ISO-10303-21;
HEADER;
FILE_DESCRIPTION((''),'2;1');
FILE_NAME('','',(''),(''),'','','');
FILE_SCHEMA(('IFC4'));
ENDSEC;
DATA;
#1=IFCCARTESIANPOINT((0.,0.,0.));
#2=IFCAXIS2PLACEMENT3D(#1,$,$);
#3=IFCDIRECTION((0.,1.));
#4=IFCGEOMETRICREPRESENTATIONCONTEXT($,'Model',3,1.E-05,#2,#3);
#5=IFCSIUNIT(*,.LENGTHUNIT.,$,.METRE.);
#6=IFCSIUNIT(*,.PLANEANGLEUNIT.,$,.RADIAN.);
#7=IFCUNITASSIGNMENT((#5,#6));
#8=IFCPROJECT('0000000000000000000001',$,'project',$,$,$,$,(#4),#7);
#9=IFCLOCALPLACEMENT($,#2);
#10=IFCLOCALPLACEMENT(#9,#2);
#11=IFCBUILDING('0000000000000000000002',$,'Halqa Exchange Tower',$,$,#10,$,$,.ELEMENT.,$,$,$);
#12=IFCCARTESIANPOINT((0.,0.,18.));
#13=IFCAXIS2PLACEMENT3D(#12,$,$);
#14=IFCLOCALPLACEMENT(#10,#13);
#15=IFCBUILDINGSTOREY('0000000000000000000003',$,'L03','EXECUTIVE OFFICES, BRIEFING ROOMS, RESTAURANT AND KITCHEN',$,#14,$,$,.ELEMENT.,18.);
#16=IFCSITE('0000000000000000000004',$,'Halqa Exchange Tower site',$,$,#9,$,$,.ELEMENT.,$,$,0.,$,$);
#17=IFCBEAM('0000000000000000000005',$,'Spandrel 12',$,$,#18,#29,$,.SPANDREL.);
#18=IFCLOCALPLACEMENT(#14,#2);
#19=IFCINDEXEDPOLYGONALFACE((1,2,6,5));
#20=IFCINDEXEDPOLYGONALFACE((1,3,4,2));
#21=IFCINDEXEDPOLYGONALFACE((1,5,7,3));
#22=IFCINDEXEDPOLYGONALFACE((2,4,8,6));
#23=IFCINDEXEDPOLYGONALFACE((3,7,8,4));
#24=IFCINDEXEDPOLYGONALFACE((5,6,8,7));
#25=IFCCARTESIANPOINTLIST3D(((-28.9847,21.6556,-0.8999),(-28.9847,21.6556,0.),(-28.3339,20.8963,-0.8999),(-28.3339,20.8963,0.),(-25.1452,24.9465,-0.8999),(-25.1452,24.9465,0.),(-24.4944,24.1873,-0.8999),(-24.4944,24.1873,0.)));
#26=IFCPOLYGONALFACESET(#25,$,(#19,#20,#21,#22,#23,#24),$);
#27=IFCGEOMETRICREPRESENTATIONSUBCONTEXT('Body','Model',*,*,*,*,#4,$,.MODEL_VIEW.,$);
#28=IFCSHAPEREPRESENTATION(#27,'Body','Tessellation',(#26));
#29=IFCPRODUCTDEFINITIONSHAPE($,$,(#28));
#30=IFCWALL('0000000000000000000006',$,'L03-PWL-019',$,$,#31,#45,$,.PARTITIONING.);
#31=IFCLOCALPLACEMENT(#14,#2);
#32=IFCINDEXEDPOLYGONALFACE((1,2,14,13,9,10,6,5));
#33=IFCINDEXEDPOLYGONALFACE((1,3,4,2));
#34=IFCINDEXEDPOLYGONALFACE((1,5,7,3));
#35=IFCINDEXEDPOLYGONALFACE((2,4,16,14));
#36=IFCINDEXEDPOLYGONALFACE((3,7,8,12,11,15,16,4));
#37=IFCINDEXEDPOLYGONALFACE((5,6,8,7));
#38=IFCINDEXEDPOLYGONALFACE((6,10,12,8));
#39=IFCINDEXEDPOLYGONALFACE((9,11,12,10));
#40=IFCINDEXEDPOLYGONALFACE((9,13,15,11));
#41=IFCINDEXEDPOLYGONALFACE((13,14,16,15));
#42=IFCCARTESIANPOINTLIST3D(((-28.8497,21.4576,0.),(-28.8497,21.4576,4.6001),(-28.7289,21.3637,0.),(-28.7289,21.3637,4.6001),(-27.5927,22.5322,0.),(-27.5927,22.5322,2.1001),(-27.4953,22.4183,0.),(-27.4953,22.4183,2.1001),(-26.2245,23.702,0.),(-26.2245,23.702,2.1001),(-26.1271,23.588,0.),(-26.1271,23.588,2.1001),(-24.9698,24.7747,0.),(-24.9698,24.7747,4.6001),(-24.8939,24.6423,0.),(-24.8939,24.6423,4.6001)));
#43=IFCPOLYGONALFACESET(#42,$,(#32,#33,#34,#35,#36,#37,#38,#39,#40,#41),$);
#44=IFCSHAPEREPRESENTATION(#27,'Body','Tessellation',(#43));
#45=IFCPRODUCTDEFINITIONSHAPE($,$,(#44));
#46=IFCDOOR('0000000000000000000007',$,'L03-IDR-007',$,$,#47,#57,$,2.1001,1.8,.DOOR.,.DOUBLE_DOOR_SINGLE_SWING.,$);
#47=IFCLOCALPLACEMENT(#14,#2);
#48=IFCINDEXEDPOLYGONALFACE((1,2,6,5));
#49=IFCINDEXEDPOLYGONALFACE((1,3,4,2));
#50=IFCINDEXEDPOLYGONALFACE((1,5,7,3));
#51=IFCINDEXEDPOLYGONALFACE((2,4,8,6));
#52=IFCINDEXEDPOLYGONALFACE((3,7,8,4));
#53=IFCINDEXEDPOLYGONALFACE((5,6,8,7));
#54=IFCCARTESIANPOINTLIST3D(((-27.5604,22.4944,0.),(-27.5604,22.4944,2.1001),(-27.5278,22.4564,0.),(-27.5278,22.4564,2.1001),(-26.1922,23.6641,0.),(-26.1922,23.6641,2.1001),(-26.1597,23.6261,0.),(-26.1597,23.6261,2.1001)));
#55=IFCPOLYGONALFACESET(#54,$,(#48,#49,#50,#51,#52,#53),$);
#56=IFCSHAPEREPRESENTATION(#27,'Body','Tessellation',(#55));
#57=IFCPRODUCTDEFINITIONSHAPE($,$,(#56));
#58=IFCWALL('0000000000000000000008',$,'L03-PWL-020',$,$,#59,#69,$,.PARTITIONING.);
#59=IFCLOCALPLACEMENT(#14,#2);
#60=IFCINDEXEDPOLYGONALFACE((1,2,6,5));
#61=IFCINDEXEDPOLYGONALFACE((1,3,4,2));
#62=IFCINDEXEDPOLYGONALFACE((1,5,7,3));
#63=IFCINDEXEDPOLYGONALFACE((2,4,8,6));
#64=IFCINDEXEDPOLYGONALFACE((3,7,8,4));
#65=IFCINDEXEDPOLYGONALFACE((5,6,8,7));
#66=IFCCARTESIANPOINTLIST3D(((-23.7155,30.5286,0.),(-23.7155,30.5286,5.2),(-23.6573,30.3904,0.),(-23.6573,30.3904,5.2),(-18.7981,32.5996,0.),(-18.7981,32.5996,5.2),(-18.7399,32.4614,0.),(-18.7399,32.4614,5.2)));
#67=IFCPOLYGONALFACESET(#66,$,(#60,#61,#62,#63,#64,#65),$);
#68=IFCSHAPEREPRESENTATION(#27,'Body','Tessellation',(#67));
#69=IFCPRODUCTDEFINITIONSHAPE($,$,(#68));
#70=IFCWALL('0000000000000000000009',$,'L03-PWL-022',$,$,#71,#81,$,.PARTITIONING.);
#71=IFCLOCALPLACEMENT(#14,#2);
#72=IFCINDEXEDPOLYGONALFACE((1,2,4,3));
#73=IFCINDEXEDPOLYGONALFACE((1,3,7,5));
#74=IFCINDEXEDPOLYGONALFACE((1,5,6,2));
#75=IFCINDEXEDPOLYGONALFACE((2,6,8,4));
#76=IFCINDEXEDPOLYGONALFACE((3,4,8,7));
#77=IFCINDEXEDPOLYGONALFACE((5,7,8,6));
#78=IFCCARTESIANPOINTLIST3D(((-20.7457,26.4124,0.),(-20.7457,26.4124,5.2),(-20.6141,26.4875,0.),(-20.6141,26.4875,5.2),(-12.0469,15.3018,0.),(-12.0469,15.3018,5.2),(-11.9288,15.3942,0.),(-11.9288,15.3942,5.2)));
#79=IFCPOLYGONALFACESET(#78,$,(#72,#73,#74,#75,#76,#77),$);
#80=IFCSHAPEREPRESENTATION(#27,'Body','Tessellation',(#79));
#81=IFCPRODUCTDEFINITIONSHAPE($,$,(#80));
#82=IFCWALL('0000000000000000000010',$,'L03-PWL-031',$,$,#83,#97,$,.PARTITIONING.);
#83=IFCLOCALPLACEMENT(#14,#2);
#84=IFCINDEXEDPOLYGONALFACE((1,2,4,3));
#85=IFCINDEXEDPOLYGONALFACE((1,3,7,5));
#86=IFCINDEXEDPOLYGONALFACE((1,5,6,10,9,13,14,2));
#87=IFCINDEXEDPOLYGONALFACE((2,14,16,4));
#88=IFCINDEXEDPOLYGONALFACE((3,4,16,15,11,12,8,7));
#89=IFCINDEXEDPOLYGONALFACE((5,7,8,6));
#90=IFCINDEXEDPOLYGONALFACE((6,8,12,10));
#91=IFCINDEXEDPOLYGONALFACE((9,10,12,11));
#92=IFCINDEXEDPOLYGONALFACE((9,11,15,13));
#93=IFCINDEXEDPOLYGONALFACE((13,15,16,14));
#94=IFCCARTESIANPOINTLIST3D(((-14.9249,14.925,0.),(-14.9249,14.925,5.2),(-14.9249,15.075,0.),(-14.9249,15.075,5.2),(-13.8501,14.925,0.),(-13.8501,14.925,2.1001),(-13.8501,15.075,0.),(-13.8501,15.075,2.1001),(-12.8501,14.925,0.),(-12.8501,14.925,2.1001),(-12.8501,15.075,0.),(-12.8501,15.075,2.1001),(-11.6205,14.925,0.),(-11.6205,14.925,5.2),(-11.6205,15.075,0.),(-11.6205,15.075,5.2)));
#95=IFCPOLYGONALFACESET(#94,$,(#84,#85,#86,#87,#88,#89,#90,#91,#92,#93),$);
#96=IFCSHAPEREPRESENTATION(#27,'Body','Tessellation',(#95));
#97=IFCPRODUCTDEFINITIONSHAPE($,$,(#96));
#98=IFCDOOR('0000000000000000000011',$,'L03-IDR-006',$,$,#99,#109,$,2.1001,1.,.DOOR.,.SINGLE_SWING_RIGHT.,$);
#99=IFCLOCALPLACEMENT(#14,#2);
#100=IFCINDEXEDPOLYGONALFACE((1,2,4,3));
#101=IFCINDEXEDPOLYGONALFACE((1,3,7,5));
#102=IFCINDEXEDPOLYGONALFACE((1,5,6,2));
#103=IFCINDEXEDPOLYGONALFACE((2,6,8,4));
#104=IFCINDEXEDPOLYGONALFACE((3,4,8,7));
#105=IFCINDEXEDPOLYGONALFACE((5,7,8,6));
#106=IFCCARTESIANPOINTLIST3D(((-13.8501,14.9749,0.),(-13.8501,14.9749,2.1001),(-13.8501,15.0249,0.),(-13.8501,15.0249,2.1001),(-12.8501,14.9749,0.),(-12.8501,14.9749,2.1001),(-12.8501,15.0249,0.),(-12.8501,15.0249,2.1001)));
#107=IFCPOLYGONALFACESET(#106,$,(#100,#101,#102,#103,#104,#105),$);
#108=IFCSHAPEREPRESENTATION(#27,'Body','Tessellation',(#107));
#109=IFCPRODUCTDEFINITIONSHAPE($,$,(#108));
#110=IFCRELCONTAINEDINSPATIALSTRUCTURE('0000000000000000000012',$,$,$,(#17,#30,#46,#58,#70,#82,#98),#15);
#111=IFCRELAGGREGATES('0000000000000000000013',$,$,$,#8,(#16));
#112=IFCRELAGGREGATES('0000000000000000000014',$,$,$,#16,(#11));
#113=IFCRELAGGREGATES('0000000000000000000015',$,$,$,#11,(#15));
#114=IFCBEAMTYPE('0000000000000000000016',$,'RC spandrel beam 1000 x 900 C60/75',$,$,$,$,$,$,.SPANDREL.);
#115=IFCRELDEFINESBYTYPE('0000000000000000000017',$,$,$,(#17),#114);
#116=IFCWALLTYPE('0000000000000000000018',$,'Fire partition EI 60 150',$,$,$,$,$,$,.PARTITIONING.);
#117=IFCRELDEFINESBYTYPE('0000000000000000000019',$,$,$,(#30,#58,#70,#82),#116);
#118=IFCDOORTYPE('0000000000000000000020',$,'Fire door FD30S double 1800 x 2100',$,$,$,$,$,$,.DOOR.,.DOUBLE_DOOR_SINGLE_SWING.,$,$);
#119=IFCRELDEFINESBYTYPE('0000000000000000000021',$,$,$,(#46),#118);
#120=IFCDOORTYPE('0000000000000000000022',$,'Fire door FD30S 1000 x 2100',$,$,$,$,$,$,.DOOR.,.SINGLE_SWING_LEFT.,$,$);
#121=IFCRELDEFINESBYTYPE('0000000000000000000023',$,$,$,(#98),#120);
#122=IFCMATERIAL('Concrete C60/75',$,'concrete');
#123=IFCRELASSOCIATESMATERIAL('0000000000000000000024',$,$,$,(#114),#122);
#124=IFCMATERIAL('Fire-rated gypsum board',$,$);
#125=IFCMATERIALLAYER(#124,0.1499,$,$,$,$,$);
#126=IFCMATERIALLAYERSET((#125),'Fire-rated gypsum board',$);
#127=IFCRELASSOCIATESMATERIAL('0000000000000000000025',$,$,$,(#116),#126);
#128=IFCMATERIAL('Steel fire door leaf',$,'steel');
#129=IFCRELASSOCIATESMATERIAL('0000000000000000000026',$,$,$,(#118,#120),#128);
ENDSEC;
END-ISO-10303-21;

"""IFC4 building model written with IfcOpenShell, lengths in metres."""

from ifc_helpers import new_model, si_unit, direction, frame, frame_2d, origin, origin_2d, place, context, subcontext, project, spatial, polyline, rectangle, outline, extrude, material, layer, layer_set, material_profile, profile_set, type_object, element, fill, save


model = new_model("IFC4")

# Units and contexts
model_context = context("Model", 3, precision=1e-05, world=origin(), true_north=direction((0.0, 1.0)))
body_context = subcontext(model_context, "Body", "Model", "MODEL_VIEW")
ifc_project = project(units=[si_unit("LENGTHUNIT", "METRE"), si_unit("PLANEANGLEUNIT", "RADIAN")], contexts=[model_context])

# Site, building, storey
site_placement = place(None, origin())
site = spatial("IfcSite", under=ifc_project, at=site_placement, Name="Halqa Exchange Tower site", CompositionType="ELEMENT", RefElevation=0.0)
building_placement = place(site_placement, origin())
building = spatial("IfcBuilding", under=site, at=building_placement, Name="Halqa Exchange Tower", CompositionType="ELEMENT")
storey_placement = place(building_placement, frame((0.0, 0.0, 18.0)))
storey = spatial("IfcBuildingStorey", under=building, at=storey_placement, Name="L03", Description="EXECUTIVE OFFICES, BRIEFING ROOMS, RESTAURANT AND KITCHEN", CompositionType="ELEMENT", Elevation=18.0)

# Beam
ifc_material_1 = material(Name="Concrete C60/75", Category="concrete")
ifc_material_profile_1 = material_profile(ifc_material_1, rectangle(XDim=1.0, YDim=0.8999, at=origin_2d()), Name="1000 x 900")
ifc_profile_set_1 = profile_set([ifc_material_profile_1], Name="Concrete C60/75")
beam_type_1 = type_object("IfcBeamType", Name="RC spandrel beam 1000 x 900 C60/75", PredefinedType="SPANDREL", material=ifc_profile_set_1)
beam_1_placement = place(storey_placement, frame((-24.8198, 24.5669, -0.45), z_axis=(-0.759263, -0.650783, 0.0), x_axis=(0.650783, -0.759263, 0.0)))
element("IfcBeam", 1, at=beam_1_placement, inside=storey, type_object=beam_type_1, Name="Spandrel 12", PredefinedType="SPANDREL", context=body_context, shape_type="SweptSolid", body=[
    extrude(rectangle(XDim=1.0, YDim=0.8999, at=origin_2d()), origin(), (0.0, 0.0, 1.0), 5.0569),
])

# Wall, opening, door
ifc_material_2 = material(Name="Fire-rated gypsum board")
ifc_layer_1 = layer(ifc_material_2, 0.1499)
ifc_layer_set_1 = layer_set([ifc_layer_1], Name="Fire-rated gypsum board")
wall_type_1 = type_object("IfcWallType", Name="Fire partition EI 60 150", PredefinedType="PARTITIONING", material=ifc_layer_set_1)
wall_1_placement = place(storey_placement, frame((-24.9319, 24.7085, 0.0), z_axis=(0.0, 0.0, 1.0), x_axis=(-0.760085, -0.649824, 0.0)))
wall_1 = element("IfcWall", 2, at=wall_1_placement, inside=storey, type_object=wall_type_1, Name="L03-PWL-019", PredefinedType="PARTITIONING", context=body_context, shape_type="SweptSolid", body=[
    extrude(outline(polyline([(-0.0142, -0.075), (5.0903, -0.075), (5.0596, 0.075), (0.0142, 0.075), (-0.0142, -0.075)])), origin(), (0.0, 0.0, 1.0), 4.6001),
])
opening_1_placement = place(wall_1_placement, frame((1.6367, 0.0, 0.0)))
opening_1 = element("IfcOpeningElement", 3, at=opening_1_placement, cuts=wall_1, PredefinedType="OPENING", context=body_context, shape_type="SweptSolid", body=[
    extrude(rectangle(XDim=1.8, YDim=2.1001, at=frame_2d((0.8999, 1.05))), frame((0.0, 0.0869, 0.0), z_axis=(0.0, -1.0, 0.0), x_axis=(1.0, 0.0, 0.0)), (0.0, 0.0, 1.0), 0.1738),
])
ifc_material_3 = material(Name="Steel fire door leaf", Category="steel")
door_type_1 = type_object("IfcDoorType", Name="Fire door FD30S double 1800 x 2100", OperationType="DOUBLE_DOOR_SINGLE_SWING", PredefinedType="DOOR", material=ifc_material_3)
door_1_placement = place(opening_1_placement, origin())
door_1 = element("IfcDoor", 4, at=door_1_placement, inside=storey, type_object=door_type_1, Name="L03-IDR-007", OperationType="DOUBLE_DOOR_SINGLE_SWING", OverallHeight=2.1001, OverallWidth=1.8, PredefinedType="DOOR", context=body_context, shape_type="SweptSolid", body=[
    extrude(rectangle(XDim=1.8, YDim=2.1001, at=frame_2d((0.8999, 1.05))), frame((0.0, 0.0249, 0.0), z_axis=(0.0, -1.0, 0.0), x_axis=(1.0, 0.0, 0.0)), (0.0, 0.0, 1.0), 0.05),
])
fill(opening_1, door_1)

# Walls
wall_2_placement = place(storey_placement, frame((-23.6865, 30.4595, 0.0), z_axis=(0.0, 0.0, 1.0), x_axis=(0.9216, 0.388141, 0.0)))
element("IfcWall", 5, at=wall_2_placement, inside=storey, type_object=wall_type_1, Name="L03-PWL-020", PredefinedType="PARTITIONING", context=body_context, shape_type="SweptSolid", body=[
    extrude(rectangle(XDim=5.3357, YDim=0.1499, at=frame_2d((2.668, 0.0))), origin(), (0.0, 0.0, 1.0), 5.2),
])
wall_3_placement = place(storey_placement, frame((-20.6799, 26.45, 0.0), z_axis=(0.0, 0.0, 1.0), x_axis=(0.616466, -0.787382, 0.0)))
element("IfcWall", 6, at=wall_3_placement, inside=storey, type_object=wall_type_1, Name="L03-PWL-022", PredefinedType="PARTITIONING", context=body_context, shape_type="SweptSolid", body=[
    extrude(outline(polyline([(-0.011, -0.075), (14.0999, -0.075), (14.0999, 0.075), (0.011, 0.075), (-0.011, -0.075)])), origin(), (0.0, 0.0, 1.0), 5.2),
])

# Wall, opening, door
wall_4_placement = place(storey_placement, frame((-14.925, 15.0, 0.0), z_axis=(0.0, 0.0, 1.0), x_axis=(1.0, 0.0, 0.0)))
wall_4 = element("IfcWall", 7, at=wall_4_placement, inside=storey, type_object=wall_type_1, Name="L03-PWL-031", PredefinedType="PARTITIONING", context=body_context, shape_type="SweptSolid", body=[
    extrude(rectangle(XDim=3.3044, YDim=0.1499, at=frame_2d((1.6523, 0.0))), origin(), (0.0, 0.0, 1.0), 5.2),
])
opening_2_placement = place(wall_4_placement, frame((1.075, 0.0, 0.0)))
opening_2 = element("IfcOpeningElement", 8, at=opening_2_placement, cuts=wall_4, PredefinedType="OPENING", context=body_context, shape_type="SweptSolid", body=[
    extrude(rectangle(XDim=1.0, YDim=2.1001, at=frame_2d((0.5, 1.05))), frame((0.0, 0.0869, 0.0), z_axis=(0.0, -1.0, 0.0), x_axis=(1.0, 0.0, 0.0)), (0.0, 0.0, 1.0), 0.1738),
])
door_type_2 = type_object("IfcDoorType", Name="Fire door FD30S 1000 x 2100", OperationType="SINGLE_SWING_LEFT", PredefinedType="DOOR", material=ifc_material_3)
door_2_placement = place(opening_2_placement, origin())
door_2 = element("IfcDoor", 9, at=door_2_placement, inside=storey, type_object=door_type_2, Name="L03-IDR-006", OperationType="SINGLE_SWING_RIGHT", OverallHeight=2.1001, OverallWidth=1.0, PredefinedType="DOOR", context=body_context, shape_type="SweptSolid", body=[
    extrude(rectangle(XDim=1.0, YDim=2.1001, at=frame_2d((0.5, 1.05))), frame((0.0, 0.0249, 0.0), z_axis=(0.0, -1.0, 0.0), x_axis=(1.0, 0.0, 0.0)), (0.0, 0.0, 1.0), 0.05),
])
fill(opening_2, door_2)

save(model, "model.ifc")
